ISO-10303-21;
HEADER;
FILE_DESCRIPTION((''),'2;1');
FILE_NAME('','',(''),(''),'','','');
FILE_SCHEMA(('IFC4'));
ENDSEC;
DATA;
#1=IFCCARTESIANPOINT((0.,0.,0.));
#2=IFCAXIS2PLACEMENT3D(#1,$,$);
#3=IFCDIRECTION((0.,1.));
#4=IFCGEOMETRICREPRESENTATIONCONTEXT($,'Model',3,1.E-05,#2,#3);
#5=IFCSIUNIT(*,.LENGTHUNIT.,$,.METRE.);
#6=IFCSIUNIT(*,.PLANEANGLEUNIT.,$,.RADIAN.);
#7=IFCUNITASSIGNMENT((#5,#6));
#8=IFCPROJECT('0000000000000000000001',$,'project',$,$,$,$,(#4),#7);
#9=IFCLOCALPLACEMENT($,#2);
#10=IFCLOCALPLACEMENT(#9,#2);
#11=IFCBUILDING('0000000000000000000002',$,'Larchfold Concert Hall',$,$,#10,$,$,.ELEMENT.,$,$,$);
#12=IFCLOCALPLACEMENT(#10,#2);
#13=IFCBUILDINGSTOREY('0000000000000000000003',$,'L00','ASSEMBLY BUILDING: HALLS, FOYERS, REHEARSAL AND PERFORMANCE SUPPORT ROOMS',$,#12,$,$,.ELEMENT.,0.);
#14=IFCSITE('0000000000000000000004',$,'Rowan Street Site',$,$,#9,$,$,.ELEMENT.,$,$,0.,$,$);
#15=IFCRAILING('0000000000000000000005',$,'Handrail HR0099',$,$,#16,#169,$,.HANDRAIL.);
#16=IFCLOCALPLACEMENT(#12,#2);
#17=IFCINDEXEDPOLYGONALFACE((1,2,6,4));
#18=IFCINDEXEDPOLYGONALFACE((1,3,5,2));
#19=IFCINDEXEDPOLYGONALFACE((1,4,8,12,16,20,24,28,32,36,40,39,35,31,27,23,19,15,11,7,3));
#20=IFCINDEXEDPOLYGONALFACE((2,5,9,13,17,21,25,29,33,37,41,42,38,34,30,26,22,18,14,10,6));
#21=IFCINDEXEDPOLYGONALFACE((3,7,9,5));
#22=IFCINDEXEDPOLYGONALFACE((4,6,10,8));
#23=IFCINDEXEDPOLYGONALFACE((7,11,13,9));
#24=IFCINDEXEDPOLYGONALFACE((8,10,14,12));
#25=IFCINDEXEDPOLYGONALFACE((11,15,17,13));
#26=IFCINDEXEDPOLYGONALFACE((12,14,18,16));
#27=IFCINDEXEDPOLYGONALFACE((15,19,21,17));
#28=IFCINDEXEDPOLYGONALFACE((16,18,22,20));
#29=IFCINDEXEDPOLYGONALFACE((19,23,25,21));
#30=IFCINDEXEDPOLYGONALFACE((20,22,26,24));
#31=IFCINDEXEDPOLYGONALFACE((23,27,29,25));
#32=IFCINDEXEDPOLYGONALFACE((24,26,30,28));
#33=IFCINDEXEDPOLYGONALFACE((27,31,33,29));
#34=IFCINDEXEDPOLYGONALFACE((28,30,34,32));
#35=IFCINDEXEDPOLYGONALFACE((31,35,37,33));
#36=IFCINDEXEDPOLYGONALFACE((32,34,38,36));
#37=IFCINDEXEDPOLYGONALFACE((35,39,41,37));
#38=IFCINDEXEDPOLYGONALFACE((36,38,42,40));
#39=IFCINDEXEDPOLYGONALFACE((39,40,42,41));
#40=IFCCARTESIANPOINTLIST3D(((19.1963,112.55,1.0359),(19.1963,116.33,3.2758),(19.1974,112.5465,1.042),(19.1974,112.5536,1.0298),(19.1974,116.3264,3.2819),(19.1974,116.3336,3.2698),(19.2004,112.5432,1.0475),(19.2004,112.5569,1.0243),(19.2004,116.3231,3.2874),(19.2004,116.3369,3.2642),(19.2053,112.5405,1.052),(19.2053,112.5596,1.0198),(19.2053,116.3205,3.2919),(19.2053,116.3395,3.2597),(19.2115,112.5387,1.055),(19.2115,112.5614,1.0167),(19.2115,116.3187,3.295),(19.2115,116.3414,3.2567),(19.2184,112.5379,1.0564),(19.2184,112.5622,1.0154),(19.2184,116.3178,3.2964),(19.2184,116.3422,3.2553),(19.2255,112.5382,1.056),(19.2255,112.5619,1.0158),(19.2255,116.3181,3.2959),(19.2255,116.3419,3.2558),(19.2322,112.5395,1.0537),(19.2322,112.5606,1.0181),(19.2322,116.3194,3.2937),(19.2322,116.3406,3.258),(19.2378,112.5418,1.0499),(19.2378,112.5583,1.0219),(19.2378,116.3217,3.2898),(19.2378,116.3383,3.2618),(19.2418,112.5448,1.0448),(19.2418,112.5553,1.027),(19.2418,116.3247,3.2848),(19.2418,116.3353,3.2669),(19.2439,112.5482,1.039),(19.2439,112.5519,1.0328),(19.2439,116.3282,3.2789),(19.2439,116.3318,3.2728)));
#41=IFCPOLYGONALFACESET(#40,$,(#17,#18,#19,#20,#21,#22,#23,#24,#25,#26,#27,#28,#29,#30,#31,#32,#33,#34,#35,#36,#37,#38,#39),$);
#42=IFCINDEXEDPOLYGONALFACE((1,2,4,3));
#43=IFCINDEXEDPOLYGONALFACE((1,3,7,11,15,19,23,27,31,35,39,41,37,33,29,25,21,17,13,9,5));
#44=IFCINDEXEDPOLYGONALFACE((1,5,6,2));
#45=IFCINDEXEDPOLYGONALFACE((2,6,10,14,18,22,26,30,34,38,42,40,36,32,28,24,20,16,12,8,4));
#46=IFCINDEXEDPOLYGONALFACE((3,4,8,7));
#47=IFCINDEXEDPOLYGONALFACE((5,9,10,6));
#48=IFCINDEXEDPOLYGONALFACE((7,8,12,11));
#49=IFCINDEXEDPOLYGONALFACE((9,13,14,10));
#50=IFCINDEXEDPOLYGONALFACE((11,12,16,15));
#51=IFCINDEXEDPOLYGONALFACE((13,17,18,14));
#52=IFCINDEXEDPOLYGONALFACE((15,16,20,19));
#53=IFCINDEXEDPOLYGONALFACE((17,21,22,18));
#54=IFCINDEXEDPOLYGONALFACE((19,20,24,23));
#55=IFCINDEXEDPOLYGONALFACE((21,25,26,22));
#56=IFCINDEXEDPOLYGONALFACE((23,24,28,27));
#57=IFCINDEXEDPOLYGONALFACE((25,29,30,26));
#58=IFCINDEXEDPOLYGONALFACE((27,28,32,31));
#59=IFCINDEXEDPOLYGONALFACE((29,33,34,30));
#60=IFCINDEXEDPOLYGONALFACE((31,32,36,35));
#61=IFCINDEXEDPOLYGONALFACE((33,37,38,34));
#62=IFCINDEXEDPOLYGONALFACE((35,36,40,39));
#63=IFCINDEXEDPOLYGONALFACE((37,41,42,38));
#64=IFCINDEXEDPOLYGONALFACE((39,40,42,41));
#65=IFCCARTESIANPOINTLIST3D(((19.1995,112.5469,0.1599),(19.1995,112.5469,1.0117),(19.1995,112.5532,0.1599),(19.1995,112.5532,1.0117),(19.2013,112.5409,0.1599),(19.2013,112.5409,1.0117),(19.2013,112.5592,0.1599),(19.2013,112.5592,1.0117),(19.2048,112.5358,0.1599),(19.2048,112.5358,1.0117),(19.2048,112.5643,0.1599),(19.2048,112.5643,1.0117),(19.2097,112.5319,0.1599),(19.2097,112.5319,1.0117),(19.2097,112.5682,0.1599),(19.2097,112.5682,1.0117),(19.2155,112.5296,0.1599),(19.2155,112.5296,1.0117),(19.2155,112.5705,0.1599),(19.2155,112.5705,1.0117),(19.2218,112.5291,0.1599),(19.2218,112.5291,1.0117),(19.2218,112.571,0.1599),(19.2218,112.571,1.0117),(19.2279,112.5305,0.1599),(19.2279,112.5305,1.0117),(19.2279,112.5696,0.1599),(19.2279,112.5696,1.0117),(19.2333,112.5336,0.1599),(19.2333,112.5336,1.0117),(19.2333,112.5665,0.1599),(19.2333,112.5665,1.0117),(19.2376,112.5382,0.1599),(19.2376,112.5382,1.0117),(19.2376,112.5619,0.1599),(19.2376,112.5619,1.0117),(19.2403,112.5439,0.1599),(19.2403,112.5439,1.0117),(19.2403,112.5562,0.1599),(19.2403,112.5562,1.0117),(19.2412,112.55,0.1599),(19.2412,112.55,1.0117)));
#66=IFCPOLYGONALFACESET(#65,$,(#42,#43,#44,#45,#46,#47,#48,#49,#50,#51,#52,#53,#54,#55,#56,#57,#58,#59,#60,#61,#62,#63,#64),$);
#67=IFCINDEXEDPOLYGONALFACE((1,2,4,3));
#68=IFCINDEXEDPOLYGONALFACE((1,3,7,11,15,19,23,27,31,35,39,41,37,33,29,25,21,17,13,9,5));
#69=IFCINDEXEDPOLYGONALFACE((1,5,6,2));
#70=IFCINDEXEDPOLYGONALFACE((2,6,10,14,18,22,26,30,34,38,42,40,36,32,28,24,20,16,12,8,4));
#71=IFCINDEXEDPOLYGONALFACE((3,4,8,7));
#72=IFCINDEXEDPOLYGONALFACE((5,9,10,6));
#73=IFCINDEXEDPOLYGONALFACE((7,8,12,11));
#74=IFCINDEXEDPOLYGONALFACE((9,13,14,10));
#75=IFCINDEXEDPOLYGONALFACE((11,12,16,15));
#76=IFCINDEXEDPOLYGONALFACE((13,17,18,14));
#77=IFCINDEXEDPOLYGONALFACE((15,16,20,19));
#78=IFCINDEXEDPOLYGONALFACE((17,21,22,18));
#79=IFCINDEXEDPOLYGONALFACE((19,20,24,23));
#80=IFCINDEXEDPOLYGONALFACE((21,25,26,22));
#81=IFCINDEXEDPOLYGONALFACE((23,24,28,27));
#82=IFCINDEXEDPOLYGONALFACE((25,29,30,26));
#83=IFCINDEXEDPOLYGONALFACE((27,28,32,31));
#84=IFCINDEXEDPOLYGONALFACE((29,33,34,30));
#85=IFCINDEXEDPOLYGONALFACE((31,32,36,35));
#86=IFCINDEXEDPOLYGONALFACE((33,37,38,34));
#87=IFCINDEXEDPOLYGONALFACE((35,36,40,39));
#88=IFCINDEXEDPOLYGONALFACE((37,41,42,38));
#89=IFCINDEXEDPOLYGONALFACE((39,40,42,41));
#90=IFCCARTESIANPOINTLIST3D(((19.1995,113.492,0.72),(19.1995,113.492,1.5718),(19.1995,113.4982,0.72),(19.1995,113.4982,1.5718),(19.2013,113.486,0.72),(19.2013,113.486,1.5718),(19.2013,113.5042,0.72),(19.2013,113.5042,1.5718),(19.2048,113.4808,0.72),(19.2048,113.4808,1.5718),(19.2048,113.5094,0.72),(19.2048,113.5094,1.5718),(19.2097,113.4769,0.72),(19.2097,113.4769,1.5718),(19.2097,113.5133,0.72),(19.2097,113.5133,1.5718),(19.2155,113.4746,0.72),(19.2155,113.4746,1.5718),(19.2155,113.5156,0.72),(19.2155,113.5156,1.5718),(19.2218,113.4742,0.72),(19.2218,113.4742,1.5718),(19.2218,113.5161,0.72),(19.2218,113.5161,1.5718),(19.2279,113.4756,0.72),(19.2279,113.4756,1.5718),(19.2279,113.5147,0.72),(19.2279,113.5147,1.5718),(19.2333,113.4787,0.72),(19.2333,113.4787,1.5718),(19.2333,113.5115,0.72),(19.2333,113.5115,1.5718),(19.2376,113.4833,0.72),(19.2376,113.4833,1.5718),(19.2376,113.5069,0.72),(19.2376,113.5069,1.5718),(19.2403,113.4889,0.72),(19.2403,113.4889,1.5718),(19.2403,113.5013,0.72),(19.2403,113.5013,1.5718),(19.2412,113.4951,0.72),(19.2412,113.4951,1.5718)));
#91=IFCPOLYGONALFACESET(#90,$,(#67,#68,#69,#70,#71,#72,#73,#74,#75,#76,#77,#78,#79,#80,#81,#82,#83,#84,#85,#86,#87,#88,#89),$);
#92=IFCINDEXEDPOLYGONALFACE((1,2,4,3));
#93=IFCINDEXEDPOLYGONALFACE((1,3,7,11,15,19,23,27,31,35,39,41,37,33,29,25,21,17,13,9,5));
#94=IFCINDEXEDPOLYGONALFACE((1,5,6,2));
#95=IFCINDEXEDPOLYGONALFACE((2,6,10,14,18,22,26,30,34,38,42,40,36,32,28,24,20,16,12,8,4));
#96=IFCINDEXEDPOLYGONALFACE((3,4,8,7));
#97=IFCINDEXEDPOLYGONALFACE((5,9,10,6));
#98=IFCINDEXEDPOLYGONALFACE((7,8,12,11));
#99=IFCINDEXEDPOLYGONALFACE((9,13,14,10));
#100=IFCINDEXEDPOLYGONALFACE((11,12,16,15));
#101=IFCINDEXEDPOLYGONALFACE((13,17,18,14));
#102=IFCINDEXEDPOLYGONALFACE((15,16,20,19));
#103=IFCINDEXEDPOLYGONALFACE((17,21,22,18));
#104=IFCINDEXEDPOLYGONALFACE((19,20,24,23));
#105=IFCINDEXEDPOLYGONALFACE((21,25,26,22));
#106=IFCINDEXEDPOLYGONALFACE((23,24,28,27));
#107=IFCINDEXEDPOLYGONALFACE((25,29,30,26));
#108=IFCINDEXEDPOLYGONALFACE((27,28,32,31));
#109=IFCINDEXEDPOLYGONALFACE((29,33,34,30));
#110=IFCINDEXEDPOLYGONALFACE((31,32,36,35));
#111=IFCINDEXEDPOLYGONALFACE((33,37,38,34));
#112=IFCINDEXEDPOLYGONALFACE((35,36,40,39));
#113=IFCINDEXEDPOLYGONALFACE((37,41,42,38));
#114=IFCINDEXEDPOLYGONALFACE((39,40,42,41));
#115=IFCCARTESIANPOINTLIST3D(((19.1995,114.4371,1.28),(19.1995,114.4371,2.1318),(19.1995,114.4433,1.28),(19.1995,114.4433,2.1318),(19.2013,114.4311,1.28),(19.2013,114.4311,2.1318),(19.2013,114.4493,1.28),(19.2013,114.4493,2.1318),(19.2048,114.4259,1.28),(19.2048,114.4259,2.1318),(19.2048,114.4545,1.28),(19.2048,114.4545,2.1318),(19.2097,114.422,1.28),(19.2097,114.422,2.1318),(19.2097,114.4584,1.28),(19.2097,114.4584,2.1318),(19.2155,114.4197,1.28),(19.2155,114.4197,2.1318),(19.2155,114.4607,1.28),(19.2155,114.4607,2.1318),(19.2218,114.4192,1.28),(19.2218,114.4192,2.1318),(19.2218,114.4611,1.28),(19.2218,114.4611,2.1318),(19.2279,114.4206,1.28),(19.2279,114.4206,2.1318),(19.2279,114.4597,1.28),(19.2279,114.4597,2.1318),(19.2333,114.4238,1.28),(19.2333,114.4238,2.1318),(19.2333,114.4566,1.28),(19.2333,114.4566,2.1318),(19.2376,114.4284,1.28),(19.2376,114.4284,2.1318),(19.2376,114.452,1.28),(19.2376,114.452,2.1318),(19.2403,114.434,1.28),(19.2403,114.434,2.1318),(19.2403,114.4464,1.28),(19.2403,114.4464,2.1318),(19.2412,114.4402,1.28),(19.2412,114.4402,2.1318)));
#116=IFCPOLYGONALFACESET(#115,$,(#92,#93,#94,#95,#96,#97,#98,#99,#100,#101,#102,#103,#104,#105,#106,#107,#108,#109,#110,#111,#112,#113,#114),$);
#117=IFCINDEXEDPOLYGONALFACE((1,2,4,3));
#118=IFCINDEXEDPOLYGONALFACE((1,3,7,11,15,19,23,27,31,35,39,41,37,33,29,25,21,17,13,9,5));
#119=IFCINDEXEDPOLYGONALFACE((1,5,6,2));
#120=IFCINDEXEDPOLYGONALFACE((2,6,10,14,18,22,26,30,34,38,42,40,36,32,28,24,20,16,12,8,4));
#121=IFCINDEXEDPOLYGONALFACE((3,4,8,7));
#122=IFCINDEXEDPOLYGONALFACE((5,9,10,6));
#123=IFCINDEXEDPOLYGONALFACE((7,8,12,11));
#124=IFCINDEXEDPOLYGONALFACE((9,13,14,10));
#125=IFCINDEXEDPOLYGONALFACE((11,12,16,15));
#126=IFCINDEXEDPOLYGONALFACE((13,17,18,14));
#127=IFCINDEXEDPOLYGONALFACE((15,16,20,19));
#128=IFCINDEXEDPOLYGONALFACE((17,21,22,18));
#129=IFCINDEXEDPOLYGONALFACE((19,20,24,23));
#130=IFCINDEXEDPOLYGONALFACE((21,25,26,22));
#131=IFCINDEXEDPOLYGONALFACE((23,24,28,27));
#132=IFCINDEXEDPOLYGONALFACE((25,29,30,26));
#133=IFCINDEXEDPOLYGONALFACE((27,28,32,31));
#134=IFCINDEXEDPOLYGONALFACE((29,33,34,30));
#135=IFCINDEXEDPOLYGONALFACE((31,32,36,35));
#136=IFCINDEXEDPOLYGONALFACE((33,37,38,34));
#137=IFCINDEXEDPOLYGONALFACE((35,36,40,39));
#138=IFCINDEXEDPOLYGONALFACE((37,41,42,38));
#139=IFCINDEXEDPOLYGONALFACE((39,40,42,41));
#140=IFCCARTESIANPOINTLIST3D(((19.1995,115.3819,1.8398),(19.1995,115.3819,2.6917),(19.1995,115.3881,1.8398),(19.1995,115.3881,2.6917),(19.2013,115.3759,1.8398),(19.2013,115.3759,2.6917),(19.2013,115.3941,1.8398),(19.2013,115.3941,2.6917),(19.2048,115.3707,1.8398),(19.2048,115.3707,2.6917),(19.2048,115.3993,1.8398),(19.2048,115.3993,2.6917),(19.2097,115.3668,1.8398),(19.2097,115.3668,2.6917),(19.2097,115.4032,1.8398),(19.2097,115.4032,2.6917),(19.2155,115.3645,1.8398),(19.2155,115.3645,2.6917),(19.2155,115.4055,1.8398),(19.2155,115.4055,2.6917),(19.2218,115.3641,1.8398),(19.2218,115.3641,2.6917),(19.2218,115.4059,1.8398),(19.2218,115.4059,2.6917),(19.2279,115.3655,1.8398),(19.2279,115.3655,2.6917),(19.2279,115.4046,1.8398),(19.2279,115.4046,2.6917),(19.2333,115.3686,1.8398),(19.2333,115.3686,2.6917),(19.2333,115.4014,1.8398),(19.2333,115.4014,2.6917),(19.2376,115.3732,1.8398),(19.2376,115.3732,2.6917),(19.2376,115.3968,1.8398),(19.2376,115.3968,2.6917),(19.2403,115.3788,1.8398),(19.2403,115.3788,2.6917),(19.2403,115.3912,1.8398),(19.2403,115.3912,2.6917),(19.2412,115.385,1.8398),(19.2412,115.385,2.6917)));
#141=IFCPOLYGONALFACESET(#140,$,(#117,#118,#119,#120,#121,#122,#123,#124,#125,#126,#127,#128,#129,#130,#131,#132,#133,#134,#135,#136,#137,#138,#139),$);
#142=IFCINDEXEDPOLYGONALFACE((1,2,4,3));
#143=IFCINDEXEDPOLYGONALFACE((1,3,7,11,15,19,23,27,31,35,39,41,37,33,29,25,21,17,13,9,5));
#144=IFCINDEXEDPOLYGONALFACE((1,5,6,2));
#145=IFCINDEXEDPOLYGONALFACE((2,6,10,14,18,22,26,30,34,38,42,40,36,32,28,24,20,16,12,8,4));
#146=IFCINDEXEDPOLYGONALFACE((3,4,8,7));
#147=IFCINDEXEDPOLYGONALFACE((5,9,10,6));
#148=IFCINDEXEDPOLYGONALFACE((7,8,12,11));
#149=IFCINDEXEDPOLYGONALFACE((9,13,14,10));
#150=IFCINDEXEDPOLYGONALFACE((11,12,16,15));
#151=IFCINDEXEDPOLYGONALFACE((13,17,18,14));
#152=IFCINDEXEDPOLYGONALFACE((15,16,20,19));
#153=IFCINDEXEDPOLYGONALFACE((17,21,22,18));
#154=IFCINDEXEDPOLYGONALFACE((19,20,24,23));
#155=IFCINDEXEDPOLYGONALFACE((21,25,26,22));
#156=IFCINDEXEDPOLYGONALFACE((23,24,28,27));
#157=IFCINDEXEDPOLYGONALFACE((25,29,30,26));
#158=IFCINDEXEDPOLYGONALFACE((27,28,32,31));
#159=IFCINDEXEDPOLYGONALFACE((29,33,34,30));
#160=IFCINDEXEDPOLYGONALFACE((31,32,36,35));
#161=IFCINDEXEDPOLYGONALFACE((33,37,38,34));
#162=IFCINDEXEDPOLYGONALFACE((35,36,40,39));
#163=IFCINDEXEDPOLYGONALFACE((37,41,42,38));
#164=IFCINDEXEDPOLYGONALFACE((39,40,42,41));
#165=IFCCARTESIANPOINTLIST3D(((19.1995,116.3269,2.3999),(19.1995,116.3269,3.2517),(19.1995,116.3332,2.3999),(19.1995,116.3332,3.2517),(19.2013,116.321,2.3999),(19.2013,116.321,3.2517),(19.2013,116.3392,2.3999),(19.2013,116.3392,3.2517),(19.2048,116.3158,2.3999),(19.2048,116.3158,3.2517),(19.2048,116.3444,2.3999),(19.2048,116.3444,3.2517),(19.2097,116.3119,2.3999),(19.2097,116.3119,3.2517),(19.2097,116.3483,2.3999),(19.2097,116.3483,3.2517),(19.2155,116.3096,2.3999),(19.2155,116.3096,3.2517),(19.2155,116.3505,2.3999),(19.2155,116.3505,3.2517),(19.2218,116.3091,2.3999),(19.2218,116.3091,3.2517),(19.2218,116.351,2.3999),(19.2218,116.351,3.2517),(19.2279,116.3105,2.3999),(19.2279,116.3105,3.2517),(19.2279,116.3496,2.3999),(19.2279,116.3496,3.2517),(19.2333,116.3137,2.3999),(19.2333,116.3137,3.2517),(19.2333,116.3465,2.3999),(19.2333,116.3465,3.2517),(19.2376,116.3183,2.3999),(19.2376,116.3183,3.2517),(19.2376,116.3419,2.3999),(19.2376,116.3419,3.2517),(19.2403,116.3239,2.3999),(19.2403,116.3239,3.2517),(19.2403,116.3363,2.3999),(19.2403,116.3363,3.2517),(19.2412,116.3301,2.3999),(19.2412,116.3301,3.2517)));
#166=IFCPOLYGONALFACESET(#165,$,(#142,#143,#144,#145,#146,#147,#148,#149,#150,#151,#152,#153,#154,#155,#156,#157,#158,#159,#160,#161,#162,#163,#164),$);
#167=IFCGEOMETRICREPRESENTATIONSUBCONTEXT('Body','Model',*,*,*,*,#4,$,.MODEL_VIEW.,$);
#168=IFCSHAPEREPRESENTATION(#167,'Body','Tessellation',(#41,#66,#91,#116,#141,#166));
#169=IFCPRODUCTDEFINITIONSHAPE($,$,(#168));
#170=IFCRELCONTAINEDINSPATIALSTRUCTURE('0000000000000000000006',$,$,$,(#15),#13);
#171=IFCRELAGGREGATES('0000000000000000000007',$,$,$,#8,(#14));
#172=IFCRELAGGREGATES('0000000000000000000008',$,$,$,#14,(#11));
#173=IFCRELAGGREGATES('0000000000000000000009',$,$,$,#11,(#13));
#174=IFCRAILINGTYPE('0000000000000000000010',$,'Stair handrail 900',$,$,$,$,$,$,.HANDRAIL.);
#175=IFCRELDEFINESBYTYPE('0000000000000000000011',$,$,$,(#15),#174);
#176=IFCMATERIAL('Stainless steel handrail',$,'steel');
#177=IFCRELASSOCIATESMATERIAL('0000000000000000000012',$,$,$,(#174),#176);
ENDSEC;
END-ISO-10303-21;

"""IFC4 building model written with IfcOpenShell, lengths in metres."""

from ifc_helpers import new_model, si_unit, direction, frame, origin, origin_2d, place, context, subcontext, project, spatial, circle, extrude, material, type_object, element, save


model = new_model("IFC4")

# Units and contexts
model_context = context("Model", 3, precision=1e-05, world=origin(), true_north=direction((0.0, 1.0)))
body_context = subcontext(model_context, "Body", "Model", "MODEL_VIEW")
ifc_project = project(units=[si_unit("LENGTHUNIT", "METRE"), si_unit("PLANEANGLEUNIT", "RADIAN")], contexts=[model_context])

# Site, building, storey
site_placement = place(None, origin())
site = spatial("IfcSite", under=ifc_project, at=site_placement, Name="Rowan Street Site", CompositionType="ELEMENT", RefElevation=0.0)
building_placement = place(site_placement, origin())
building = spatial("IfcBuilding", under=site, at=building_placement, Name="Larchfold Concert Hall", CompositionType="ELEMENT")
storey_placement = place(building_placement, origin())
storey = spatial("IfcBuildingStorey", under=building, at=storey_placement, Name="L00", Description="ASSEMBLY BUILDING: HALLS, FOYERS, REHEARSAL AND PERFORMANCE SUPPORT ROOMS", CompositionType="ELEMENT", Elevation=0.0)

# Railing
ifc_material_1 = material(Name="Stainless steel handrail", Category="steel")
railing_type_1 = type_object("IfcRailingType", Name="Stair handrail 900", PredefinedType="HANDRAIL", material=ifc_material_1)
railing_1_placement = place(storey_placement, frame((19.2202, 112.55, 0.1599)))
element("IfcRailing", 1, at=railing_1_placement, inside=storey, type_object=railing_type_1, Name="Handrail HR0099", PredefinedType="HANDRAIL", context=body_context, shape_type="SweptSolid", body=[
    extrude(circle(Radius=0.0239, at=origin_2d()), frame((0.0, 0.0, 0.876), z_axis=(0.0, 0.860294, 0.509798), x_axis=(-1.0, 0.0, 0.0)), (0.0, 0.0, 1.0), 4.3938),
    extrude(circle(Radius=0.021, at=origin_2d()), origin(), (0.0, 0.0, 1.0), 0.8518),
    extrude(circle(Radius=0.021, at=origin_2d()), frame((0.0, 0.9451, 0.5601)), (0.0, 0.0, 1.0), 0.8518),
    extrude(circle(Radius=0.021, at=origin_2d()), frame((0.0, 1.8901, 1.1201)), (0.0, 0.0, 1.0), 0.8518),
    extrude(circle(Radius=0.021, at=origin_2d()), frame((0.0, 2.835, 1.6799)), (0.0, 0.0, 1.0), 0.8518),
    extrude(circle(Radius=0.021, at=origin_2d()), frame((0.0, 3.78, 2.24)), (0.0, 0.0, 1.0), 0.8518),
])

save(model, "model.ifc")
